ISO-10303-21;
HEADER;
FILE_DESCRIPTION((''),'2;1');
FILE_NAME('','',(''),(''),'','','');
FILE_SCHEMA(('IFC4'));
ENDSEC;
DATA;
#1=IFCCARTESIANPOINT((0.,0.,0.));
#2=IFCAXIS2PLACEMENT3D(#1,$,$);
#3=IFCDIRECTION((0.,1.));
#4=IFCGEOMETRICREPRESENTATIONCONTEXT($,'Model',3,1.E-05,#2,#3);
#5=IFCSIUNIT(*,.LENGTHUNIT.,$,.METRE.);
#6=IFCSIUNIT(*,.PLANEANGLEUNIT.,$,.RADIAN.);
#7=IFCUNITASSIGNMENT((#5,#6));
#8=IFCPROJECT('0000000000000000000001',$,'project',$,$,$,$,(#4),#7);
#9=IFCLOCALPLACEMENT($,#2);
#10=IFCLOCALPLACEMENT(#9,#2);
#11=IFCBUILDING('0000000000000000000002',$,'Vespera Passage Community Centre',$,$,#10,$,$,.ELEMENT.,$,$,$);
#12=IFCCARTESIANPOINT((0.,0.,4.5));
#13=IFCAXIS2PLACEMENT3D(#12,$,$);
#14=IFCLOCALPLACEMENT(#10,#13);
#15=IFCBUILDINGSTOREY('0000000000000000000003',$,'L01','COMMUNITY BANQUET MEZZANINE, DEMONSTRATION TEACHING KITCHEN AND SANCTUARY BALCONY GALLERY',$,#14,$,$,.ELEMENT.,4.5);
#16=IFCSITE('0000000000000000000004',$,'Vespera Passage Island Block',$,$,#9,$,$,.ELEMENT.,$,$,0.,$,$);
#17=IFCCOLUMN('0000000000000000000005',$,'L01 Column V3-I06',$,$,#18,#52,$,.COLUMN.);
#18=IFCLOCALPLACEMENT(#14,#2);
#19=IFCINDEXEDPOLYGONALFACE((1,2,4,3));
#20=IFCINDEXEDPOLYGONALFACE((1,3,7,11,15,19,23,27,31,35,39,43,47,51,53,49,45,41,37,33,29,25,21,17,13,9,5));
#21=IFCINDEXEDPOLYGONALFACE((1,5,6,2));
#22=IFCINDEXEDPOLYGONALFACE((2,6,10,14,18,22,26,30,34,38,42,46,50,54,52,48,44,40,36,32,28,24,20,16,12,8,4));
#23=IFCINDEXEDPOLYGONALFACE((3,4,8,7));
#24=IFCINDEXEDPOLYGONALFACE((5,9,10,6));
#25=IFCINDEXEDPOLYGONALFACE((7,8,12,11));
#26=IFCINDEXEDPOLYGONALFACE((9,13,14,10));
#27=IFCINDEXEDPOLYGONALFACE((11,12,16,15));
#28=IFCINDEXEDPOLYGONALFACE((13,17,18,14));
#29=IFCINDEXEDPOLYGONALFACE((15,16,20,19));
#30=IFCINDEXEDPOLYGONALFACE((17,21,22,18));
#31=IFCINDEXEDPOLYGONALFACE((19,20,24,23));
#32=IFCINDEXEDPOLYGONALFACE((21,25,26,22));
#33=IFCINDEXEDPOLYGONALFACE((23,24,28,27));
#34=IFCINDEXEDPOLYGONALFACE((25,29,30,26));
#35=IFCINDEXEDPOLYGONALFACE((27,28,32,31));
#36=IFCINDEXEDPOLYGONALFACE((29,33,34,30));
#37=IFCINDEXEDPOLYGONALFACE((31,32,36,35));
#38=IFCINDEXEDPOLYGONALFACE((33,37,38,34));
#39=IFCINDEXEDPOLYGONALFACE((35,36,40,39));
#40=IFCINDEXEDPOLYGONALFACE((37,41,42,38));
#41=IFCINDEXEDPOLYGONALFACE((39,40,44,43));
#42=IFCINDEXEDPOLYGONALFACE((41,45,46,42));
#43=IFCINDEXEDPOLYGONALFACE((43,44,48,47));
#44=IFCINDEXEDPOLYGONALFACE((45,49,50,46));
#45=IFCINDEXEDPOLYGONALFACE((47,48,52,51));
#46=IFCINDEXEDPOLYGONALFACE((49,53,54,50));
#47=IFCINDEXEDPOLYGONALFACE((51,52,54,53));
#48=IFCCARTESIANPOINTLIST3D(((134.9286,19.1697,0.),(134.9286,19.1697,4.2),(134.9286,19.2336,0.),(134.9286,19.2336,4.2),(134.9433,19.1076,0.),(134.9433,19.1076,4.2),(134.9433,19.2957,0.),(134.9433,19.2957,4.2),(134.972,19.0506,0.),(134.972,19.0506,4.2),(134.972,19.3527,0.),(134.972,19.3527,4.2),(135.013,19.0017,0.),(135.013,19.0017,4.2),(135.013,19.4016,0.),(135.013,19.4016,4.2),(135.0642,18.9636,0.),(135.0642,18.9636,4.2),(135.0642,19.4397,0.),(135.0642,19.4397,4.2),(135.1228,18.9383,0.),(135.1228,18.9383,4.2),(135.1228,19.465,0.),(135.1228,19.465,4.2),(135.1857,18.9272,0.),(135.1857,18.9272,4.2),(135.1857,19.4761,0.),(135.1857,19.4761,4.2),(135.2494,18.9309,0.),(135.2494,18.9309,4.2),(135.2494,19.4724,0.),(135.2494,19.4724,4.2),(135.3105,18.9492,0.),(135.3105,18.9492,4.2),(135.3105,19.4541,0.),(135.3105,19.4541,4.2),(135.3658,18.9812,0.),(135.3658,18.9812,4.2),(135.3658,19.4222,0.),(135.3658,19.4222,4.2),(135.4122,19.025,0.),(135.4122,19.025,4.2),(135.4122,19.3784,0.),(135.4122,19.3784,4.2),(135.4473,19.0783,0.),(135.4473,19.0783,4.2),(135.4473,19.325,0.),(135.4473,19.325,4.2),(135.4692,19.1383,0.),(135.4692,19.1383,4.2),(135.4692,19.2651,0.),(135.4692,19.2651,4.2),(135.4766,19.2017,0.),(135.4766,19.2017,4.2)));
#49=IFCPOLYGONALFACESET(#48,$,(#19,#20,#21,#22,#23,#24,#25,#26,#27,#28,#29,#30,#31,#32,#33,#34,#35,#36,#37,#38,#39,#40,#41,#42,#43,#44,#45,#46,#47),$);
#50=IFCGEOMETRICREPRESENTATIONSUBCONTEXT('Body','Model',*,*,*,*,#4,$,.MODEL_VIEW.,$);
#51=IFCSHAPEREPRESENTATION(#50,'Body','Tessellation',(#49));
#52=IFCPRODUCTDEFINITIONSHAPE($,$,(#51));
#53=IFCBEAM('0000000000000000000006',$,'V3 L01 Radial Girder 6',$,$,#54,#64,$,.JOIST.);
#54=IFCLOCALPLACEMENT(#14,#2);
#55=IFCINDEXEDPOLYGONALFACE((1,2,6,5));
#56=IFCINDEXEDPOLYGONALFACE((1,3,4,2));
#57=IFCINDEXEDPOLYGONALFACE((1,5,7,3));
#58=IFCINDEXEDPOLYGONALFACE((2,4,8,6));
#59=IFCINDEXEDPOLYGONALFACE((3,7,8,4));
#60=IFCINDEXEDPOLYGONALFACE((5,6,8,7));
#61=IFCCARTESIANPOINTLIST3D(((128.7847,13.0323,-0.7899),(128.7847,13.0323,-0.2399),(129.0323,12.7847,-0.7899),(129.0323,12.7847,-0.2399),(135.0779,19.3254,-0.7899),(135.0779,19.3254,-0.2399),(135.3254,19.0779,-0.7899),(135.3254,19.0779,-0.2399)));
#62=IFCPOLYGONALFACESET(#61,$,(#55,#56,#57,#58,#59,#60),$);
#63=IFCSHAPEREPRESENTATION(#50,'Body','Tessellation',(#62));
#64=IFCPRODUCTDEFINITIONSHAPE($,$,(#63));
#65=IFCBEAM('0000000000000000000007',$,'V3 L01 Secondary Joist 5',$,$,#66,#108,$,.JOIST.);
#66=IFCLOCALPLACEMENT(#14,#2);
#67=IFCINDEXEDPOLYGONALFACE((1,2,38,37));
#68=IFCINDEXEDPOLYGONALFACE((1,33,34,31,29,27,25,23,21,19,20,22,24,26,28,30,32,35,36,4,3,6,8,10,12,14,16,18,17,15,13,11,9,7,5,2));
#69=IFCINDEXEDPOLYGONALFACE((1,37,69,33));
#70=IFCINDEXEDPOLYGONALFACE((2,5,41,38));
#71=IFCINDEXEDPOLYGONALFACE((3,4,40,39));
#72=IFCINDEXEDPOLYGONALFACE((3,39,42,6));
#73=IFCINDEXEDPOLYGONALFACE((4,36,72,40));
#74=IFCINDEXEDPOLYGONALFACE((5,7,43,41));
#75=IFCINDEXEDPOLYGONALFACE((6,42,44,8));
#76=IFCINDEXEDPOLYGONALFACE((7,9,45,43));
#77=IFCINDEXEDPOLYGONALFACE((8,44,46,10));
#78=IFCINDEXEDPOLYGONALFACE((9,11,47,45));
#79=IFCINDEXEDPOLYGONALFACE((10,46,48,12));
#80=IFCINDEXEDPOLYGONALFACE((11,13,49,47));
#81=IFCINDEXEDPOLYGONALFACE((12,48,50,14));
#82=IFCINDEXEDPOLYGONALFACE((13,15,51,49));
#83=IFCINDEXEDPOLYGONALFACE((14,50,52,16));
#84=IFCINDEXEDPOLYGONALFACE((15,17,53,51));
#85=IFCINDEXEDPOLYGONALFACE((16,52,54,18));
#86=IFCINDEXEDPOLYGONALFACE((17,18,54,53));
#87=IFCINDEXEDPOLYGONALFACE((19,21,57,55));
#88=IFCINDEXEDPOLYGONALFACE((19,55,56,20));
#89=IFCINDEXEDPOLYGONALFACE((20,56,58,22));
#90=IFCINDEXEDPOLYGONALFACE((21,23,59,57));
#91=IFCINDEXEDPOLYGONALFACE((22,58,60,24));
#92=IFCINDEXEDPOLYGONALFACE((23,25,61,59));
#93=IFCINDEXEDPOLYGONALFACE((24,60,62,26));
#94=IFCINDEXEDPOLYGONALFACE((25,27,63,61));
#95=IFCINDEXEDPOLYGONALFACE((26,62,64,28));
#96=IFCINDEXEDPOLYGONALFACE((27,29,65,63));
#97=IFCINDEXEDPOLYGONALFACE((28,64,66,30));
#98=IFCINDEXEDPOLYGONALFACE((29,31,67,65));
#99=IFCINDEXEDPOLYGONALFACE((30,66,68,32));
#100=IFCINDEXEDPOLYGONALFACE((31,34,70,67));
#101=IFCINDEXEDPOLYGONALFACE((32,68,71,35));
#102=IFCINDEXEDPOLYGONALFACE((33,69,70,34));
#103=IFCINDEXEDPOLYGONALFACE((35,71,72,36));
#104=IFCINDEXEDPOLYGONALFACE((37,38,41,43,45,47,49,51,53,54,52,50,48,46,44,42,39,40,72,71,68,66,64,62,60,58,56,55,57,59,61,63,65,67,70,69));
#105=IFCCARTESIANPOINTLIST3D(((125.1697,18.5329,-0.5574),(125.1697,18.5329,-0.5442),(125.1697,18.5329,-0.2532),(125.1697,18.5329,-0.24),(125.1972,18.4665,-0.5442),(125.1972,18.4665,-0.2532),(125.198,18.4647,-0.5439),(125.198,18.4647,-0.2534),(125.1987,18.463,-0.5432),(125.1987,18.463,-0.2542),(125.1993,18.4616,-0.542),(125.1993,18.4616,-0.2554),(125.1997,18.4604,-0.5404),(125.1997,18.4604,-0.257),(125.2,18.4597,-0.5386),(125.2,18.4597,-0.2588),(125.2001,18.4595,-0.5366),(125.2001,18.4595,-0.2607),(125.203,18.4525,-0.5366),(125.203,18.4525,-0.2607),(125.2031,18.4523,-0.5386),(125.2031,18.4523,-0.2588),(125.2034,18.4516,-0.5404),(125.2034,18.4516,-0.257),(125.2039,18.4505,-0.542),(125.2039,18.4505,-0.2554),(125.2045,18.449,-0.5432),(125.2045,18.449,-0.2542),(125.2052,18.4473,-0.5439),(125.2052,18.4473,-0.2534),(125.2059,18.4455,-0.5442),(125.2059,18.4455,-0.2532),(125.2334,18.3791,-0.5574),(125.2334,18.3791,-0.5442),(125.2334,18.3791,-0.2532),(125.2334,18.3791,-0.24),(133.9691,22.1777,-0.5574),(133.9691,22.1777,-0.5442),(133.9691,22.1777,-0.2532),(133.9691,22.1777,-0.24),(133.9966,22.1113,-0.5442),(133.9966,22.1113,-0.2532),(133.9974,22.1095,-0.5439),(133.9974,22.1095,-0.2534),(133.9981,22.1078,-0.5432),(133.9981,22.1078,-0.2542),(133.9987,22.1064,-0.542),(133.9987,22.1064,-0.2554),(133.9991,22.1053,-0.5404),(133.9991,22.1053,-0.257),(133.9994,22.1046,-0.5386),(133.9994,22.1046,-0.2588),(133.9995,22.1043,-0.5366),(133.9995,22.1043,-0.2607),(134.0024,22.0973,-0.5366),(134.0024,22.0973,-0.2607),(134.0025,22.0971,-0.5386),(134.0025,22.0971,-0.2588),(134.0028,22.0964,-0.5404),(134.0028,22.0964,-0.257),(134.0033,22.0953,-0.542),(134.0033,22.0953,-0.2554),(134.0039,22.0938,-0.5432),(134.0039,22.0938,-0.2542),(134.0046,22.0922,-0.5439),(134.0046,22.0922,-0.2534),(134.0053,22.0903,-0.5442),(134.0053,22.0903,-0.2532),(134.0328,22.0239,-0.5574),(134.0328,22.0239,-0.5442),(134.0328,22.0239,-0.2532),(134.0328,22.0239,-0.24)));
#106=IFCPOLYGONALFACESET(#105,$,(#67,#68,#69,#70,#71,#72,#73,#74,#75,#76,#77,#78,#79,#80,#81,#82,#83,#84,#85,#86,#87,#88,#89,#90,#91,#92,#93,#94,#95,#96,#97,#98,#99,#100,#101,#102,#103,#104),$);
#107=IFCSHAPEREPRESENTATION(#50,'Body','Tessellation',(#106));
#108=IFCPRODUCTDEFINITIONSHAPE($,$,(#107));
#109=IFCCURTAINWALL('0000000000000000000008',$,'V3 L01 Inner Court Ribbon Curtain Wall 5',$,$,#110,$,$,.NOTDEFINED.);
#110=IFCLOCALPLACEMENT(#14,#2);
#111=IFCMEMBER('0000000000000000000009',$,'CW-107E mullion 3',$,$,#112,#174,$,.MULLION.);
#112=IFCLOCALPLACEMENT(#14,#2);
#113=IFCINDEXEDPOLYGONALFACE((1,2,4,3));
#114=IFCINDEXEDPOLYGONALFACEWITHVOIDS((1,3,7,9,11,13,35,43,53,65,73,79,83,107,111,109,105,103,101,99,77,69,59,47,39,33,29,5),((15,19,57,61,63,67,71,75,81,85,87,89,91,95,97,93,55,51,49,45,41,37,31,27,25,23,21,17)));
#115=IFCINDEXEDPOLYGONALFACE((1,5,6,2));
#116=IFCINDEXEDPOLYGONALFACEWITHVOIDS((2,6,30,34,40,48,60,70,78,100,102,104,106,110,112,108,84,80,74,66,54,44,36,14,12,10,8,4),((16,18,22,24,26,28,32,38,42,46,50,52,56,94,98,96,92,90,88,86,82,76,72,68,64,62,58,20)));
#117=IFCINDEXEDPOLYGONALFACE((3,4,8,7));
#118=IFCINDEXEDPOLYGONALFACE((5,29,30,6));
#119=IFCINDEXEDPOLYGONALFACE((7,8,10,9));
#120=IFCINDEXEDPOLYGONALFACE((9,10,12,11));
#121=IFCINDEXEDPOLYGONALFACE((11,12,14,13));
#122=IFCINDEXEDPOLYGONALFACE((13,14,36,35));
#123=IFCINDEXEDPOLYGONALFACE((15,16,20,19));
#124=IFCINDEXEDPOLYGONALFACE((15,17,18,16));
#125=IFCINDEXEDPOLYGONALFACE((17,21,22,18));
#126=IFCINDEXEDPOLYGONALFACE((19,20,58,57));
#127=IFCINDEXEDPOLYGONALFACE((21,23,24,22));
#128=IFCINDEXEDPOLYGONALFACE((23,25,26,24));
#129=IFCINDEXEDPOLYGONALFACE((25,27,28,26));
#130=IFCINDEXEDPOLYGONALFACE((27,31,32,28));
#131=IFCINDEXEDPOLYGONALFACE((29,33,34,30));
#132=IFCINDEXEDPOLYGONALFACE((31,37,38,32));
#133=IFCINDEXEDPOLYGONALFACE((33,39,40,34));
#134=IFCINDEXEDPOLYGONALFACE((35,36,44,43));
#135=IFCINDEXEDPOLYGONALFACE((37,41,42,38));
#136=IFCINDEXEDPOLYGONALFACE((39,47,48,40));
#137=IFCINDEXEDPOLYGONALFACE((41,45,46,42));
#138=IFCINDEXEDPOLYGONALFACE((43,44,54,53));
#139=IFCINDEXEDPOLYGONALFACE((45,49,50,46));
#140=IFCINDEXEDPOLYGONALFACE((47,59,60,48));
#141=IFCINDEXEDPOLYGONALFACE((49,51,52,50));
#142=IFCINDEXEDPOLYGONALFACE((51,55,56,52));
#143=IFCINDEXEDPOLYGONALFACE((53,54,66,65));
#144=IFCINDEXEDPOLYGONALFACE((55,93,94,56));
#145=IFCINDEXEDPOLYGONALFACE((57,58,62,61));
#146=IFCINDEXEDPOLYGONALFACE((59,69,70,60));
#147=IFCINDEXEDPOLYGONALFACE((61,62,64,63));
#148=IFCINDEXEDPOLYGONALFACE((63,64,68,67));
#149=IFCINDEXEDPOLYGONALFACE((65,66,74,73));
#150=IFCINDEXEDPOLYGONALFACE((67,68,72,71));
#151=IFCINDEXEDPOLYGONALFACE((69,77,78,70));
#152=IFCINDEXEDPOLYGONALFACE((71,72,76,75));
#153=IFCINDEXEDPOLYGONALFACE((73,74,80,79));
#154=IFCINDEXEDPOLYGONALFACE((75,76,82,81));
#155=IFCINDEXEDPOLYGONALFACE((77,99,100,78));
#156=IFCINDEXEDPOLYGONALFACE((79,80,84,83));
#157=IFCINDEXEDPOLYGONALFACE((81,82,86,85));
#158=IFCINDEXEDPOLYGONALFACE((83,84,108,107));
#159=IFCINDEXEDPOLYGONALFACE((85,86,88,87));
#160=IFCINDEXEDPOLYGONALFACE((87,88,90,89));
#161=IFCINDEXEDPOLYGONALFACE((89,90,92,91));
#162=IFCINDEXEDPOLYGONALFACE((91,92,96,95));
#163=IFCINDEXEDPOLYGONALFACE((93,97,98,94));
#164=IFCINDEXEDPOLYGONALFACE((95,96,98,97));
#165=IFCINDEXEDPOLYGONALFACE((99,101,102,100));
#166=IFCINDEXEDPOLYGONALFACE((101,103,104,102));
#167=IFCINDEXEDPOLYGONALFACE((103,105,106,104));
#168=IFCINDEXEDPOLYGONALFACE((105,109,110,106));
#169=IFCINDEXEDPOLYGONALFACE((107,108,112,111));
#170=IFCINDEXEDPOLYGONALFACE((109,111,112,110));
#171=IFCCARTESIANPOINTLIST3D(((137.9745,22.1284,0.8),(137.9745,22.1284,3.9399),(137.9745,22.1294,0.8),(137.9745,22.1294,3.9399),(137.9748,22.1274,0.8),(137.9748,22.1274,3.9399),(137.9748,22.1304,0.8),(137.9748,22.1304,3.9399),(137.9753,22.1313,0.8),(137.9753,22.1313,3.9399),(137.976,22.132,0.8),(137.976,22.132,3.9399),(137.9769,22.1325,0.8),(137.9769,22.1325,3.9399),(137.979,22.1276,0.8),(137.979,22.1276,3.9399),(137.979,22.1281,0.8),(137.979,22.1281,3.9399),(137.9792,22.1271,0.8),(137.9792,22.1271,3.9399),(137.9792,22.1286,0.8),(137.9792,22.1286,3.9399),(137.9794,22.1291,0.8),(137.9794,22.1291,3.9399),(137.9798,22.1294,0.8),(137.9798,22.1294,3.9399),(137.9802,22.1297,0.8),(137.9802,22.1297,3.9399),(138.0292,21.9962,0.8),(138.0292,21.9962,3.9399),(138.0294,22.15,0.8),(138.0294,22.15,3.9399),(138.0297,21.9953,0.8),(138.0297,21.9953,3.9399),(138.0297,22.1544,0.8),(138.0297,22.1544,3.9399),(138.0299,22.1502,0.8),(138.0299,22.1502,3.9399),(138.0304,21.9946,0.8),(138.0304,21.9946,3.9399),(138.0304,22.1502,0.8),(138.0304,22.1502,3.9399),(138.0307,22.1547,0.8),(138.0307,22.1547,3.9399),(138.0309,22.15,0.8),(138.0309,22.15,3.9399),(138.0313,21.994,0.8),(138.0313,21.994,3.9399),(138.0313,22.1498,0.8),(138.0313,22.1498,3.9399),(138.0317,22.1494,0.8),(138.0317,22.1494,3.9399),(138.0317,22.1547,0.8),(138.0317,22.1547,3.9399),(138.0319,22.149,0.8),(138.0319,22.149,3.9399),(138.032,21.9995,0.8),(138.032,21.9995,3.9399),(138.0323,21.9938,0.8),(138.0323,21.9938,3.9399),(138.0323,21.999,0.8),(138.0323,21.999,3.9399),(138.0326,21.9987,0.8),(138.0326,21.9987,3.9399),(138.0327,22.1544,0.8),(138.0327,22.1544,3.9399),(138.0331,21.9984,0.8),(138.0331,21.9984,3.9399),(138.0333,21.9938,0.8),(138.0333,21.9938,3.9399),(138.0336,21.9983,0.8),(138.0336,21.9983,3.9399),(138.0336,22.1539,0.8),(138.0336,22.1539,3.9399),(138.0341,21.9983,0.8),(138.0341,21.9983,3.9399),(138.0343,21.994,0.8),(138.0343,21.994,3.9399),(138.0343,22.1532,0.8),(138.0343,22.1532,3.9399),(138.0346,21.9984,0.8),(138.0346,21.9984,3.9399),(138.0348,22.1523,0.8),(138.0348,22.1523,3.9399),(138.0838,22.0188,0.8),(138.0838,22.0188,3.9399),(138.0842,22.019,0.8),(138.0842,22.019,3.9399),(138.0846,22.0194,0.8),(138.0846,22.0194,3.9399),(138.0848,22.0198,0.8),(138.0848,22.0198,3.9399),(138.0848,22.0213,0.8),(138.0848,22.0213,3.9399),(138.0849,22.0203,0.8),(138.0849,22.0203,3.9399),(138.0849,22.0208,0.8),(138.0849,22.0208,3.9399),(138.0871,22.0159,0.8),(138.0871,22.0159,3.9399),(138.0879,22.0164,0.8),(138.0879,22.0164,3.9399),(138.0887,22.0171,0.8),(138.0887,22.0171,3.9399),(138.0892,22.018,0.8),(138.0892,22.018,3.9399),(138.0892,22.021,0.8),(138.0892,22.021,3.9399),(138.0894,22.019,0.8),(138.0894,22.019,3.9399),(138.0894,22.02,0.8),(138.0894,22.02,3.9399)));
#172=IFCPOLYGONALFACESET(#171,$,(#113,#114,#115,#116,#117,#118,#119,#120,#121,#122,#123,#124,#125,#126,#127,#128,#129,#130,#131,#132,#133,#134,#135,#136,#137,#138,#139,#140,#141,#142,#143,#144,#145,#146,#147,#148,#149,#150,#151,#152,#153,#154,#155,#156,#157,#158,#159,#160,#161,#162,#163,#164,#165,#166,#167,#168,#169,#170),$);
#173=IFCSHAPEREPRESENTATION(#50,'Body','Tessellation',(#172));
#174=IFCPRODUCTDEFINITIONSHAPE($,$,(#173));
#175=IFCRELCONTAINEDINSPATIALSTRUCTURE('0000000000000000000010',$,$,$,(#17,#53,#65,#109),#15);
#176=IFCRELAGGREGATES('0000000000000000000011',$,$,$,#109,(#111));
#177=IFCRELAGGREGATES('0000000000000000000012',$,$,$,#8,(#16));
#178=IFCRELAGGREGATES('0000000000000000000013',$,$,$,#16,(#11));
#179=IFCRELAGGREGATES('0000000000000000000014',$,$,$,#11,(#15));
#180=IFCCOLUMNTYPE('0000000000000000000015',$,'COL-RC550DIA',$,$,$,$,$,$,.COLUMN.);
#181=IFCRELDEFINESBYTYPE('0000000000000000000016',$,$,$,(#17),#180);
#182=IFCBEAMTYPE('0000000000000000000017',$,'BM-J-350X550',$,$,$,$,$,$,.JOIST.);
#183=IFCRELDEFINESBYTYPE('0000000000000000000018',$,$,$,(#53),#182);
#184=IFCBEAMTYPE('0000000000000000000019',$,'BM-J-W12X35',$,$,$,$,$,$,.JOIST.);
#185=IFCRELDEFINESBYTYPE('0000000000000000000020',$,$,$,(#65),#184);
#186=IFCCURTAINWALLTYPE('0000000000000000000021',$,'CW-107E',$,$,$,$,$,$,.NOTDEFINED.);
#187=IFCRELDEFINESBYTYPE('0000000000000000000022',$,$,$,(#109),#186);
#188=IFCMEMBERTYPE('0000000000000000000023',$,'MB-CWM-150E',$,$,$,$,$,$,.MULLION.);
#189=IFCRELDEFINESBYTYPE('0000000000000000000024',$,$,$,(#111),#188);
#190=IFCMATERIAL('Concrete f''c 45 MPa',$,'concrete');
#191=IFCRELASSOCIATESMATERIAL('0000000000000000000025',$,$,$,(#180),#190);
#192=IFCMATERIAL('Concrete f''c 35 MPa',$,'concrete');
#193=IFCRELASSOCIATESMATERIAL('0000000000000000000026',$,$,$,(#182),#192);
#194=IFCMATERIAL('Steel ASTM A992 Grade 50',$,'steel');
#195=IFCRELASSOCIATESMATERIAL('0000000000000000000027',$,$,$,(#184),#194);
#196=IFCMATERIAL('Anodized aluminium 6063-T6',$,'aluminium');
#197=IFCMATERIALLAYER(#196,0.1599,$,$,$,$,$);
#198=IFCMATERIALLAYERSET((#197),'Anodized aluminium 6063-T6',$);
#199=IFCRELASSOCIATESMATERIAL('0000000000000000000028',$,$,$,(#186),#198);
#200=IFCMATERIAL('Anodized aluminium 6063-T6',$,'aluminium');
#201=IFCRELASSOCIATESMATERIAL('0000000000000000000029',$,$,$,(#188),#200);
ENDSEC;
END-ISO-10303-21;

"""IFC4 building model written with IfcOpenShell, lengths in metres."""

from ifc_helpers import new_model, si_unit, direction, frame, origin, origin_2d, place, context, subcontext, project, spatial, rectangle, hollow_rectangle, circle, i_section, extrude, material, layer, layer_set, material_profile, profile_set, type_object, element, aggregate, save


model = new_model("IFC4")

# Units and contexts
model_context = context("Model", 3, precision=1e-05, world=origin(), true_north=direction((0.0, 1.0)))
body_context = subcontext(model_context, "Body", "Model", "MODEL_VIEW")
ifc_project = project(units=[si_unit("LENGTHUNIT", "METRE"), si_unit("PLANEANGLEUNIT", "RADIAN")], contexts=[model_context])

# Site, building, storey
site_placement = place(None, origin())
site = spatial("IfcSite", under=ifc_project, at=site_placement, Name="Vespera Passage Island Block", CompositionType="ELEMENT", RefElevation=0.0)
building_placement = place(site_placement, origin())
building = spatial("IfcBuilding", under=site, at=building_placement, Name="Vespera Passage Community Centre", CompositionType="ELEMENT")
storey_placement = place(building_placement, frame((0.0, 0.0, 4.5)))
storey = spatial("IfcBuildingStorey", under=building, at=storey_placement, Name="L01", Description="COMMUNITY BANQUET MEZZANINE, DEMONSTRATION TEACHING KITCHEN AND SANCTUARY BALCONY GALLERY", CompositionType="ELEMENT", Elevation=4.5)

# Column
ifc_material_1 = material(Name="Concrete f'c 45 MPa", Category="concrete")
ifc_material_profile_1 = material_profile(ifc_material_1, circle(Radius=0.2749, at=origin_2d()), Name="RC550DIA")
ifc_profile_set_1 = profile_set([ifc_material_profile_1], Name="Concrete f'c 45 MPa")
column_type = type_object("IfcColumnType", Name="COL-RC550DIA", PredefinedType="COLUMN", material=ifc_profile_set_1)
column_placement = place(storey_placement, frame((135.2017, 19.2017, 0.0), z_axis=(0.0, 0.0, 1.0), x_axis=(1.0, 0.0, 0.0)))
element("IfcColumn", 1, at=column_placement, inside=storey, type_object=column_type, Name="L01 Column V3-I06", PredefinedType="COLUMN", context=body_context, shape_type="SweptSolid", body=[
    extrude(circle(Radius=0.2749, at=origin_2d()), origin(), (0.0, 0.0, 1.0), 4.2),
])

# Beams
ifc_material_2 = material(Name="Concrete f'c 35 MPa", Category="concrete")
ifc_material_profile_2 = material_profile(ifc_material_2, rectangle(XDim=0.3501, YDim=0.55, at=origin_2d()), Name="RC350X550")
ifc_profile_set_2 = profile_set([ifc_material_profile_2], Name="Concrete f'c 35 MPa")
beam_type_1 = type_object("IfcBeamType", Name="BM-J-350X550", PredefinedType="JOIST", material=ifc_profile_set_2)
beam_1_placement = place(storey_placement, frame((135.2017, 19.2017, -0.5149), z_axis=(-0.707107, -0.707107, 0.0), x_axis=(0.707107, -0.707107, 0.0)))
element("IfcBeam", 2, at=beam_1_placement, inside=storey, type_object=beam_type_1, Name="V3 L01 Radial Girder 6", PredefinedType="JOIST", context=body_context, shape_type="SweptSolid", body=[
    extrude(rectangle(XDim=0.3501, YDim=0.55, at=origin_2d()), origin(), (0.0, 0.0, 1.0), 8.8999),
])
ifc_material_3 = material(Name="Steel ASTM A992 Grade 50", Category="steel")
ifc_material_profile_3 = material_profile(ifc_material_3, i_section(OverallWidth=0.1665, OverallDepth=0.3174, WebThickness=0.0076, FlangeThickness=0.0132, FilletRadius=0.0076, at=origin_2d()), Name="W12X35")
ifc_profile_set_3 = profile_set([ifc_material_profile_3], Name="Steel ASTM A992 Grade 50")
beam_type_2 = type_object("IfcBeamType", Name="BM-J-W12X35", PredefinedType="JOIST", material=ifc_profile_set_3)
beam_2_placement = place(storey_placement, frame((134.001, 22.1008, -0.3987), z_axis=(-0.92388, -0.382682, 0.0), x_axis=(0.382682, -0.92388, 0.0)))
element("IfcBeam", 3, at=beam_2_placement, inside=storey, type_object=beam_type_2, Name="V3 L01 Secondary Joist 5", PredefinedType="JOIST", context=body_context, shape_type="SweptSolid", body=[
    extrude(i_section(OverallWidth=0.1665, OverallDepth=0.3174, WebThickness=0.0076, FlangeThickness=0.0132, FilletRadius=0.0076, at=origin_2d()), origin(), (0.0, 0.0, 1.0), 9.5244),
])

# Curtain wall, member
ifc_material_4 = material(Name="Anodized aluminium 6063-T6", Category="aluminium")
ifc_layer_1 = layer(ifc_material_4, 0.1599)
ifc_layer_set_1 = layer_set([ifc_layer_1], Name="Anodized aluminium 6063-T6")
curtain_wall_type = type_object("IfcCurtainWallType", Name="CW-107E", PredefinedType="NOTDEFINED", material=ifc_layer_set_1)
curtain_wall_1_placement = place(storey_placement, origin())
curtain_wall_1 = element("IfcCurtainWall", 4, at=curtain_wall_1_placement, inside=storey, type_object=curtain_wall_type, Name="V3 L01 Inner Court Ribbon Curtain Wall 5", PredefinedType="NOTDEFINED")
ifc_material_5 = material(Name="Anodized aluminium 6063-T6", Category="aluminium")
ifc_material_profile_4 = material_profile(ifc_material_5, hollow_rectangle(XDim=0.0649, YDim=0.1499, WallThickness=0.0039, InnerFilletRadius=0.002, OuterFilletRadius=0.0039, at=origin_2d()), Name="ALU150X65X4")
ifc_profile_set_4 = profile_set([ifc_material_profile_4], Name="Anodized aluminium 6063-T6")
member_type_1 = type_object("IfcMemberType", Name="MB-CWM-150E", PredefinedType="MULLION", material=ifc_profile_set_4)
member_1_placement = place(storey_placement, frame((138.032, 22.0742, 0.8), z_axis=(0.0, 0.0, 1.0), x_axis=(0.923879, 0.382686, 0.0)))
member_1 = element("IfcMember", 5, at=member_1_placement, type_object=member_type_1, Name="CW-107E mullion 3", PredefinedType="MULLION", context=body_context, shape_type="SweptSolid", body=[
    extrude(hollow_rectangle(XDim=0.0649, YDim=0.1499, WallThickness=0.0039, InnerFilletRadius=0.002, OuterFilletRadius=0.0039, at=origin_2d()), origin(), (0.0, 0.0, 1.0), 3.1399),
])

aggregate(curtain_wall_1, [member_1])

save(model, "model.ifc")
